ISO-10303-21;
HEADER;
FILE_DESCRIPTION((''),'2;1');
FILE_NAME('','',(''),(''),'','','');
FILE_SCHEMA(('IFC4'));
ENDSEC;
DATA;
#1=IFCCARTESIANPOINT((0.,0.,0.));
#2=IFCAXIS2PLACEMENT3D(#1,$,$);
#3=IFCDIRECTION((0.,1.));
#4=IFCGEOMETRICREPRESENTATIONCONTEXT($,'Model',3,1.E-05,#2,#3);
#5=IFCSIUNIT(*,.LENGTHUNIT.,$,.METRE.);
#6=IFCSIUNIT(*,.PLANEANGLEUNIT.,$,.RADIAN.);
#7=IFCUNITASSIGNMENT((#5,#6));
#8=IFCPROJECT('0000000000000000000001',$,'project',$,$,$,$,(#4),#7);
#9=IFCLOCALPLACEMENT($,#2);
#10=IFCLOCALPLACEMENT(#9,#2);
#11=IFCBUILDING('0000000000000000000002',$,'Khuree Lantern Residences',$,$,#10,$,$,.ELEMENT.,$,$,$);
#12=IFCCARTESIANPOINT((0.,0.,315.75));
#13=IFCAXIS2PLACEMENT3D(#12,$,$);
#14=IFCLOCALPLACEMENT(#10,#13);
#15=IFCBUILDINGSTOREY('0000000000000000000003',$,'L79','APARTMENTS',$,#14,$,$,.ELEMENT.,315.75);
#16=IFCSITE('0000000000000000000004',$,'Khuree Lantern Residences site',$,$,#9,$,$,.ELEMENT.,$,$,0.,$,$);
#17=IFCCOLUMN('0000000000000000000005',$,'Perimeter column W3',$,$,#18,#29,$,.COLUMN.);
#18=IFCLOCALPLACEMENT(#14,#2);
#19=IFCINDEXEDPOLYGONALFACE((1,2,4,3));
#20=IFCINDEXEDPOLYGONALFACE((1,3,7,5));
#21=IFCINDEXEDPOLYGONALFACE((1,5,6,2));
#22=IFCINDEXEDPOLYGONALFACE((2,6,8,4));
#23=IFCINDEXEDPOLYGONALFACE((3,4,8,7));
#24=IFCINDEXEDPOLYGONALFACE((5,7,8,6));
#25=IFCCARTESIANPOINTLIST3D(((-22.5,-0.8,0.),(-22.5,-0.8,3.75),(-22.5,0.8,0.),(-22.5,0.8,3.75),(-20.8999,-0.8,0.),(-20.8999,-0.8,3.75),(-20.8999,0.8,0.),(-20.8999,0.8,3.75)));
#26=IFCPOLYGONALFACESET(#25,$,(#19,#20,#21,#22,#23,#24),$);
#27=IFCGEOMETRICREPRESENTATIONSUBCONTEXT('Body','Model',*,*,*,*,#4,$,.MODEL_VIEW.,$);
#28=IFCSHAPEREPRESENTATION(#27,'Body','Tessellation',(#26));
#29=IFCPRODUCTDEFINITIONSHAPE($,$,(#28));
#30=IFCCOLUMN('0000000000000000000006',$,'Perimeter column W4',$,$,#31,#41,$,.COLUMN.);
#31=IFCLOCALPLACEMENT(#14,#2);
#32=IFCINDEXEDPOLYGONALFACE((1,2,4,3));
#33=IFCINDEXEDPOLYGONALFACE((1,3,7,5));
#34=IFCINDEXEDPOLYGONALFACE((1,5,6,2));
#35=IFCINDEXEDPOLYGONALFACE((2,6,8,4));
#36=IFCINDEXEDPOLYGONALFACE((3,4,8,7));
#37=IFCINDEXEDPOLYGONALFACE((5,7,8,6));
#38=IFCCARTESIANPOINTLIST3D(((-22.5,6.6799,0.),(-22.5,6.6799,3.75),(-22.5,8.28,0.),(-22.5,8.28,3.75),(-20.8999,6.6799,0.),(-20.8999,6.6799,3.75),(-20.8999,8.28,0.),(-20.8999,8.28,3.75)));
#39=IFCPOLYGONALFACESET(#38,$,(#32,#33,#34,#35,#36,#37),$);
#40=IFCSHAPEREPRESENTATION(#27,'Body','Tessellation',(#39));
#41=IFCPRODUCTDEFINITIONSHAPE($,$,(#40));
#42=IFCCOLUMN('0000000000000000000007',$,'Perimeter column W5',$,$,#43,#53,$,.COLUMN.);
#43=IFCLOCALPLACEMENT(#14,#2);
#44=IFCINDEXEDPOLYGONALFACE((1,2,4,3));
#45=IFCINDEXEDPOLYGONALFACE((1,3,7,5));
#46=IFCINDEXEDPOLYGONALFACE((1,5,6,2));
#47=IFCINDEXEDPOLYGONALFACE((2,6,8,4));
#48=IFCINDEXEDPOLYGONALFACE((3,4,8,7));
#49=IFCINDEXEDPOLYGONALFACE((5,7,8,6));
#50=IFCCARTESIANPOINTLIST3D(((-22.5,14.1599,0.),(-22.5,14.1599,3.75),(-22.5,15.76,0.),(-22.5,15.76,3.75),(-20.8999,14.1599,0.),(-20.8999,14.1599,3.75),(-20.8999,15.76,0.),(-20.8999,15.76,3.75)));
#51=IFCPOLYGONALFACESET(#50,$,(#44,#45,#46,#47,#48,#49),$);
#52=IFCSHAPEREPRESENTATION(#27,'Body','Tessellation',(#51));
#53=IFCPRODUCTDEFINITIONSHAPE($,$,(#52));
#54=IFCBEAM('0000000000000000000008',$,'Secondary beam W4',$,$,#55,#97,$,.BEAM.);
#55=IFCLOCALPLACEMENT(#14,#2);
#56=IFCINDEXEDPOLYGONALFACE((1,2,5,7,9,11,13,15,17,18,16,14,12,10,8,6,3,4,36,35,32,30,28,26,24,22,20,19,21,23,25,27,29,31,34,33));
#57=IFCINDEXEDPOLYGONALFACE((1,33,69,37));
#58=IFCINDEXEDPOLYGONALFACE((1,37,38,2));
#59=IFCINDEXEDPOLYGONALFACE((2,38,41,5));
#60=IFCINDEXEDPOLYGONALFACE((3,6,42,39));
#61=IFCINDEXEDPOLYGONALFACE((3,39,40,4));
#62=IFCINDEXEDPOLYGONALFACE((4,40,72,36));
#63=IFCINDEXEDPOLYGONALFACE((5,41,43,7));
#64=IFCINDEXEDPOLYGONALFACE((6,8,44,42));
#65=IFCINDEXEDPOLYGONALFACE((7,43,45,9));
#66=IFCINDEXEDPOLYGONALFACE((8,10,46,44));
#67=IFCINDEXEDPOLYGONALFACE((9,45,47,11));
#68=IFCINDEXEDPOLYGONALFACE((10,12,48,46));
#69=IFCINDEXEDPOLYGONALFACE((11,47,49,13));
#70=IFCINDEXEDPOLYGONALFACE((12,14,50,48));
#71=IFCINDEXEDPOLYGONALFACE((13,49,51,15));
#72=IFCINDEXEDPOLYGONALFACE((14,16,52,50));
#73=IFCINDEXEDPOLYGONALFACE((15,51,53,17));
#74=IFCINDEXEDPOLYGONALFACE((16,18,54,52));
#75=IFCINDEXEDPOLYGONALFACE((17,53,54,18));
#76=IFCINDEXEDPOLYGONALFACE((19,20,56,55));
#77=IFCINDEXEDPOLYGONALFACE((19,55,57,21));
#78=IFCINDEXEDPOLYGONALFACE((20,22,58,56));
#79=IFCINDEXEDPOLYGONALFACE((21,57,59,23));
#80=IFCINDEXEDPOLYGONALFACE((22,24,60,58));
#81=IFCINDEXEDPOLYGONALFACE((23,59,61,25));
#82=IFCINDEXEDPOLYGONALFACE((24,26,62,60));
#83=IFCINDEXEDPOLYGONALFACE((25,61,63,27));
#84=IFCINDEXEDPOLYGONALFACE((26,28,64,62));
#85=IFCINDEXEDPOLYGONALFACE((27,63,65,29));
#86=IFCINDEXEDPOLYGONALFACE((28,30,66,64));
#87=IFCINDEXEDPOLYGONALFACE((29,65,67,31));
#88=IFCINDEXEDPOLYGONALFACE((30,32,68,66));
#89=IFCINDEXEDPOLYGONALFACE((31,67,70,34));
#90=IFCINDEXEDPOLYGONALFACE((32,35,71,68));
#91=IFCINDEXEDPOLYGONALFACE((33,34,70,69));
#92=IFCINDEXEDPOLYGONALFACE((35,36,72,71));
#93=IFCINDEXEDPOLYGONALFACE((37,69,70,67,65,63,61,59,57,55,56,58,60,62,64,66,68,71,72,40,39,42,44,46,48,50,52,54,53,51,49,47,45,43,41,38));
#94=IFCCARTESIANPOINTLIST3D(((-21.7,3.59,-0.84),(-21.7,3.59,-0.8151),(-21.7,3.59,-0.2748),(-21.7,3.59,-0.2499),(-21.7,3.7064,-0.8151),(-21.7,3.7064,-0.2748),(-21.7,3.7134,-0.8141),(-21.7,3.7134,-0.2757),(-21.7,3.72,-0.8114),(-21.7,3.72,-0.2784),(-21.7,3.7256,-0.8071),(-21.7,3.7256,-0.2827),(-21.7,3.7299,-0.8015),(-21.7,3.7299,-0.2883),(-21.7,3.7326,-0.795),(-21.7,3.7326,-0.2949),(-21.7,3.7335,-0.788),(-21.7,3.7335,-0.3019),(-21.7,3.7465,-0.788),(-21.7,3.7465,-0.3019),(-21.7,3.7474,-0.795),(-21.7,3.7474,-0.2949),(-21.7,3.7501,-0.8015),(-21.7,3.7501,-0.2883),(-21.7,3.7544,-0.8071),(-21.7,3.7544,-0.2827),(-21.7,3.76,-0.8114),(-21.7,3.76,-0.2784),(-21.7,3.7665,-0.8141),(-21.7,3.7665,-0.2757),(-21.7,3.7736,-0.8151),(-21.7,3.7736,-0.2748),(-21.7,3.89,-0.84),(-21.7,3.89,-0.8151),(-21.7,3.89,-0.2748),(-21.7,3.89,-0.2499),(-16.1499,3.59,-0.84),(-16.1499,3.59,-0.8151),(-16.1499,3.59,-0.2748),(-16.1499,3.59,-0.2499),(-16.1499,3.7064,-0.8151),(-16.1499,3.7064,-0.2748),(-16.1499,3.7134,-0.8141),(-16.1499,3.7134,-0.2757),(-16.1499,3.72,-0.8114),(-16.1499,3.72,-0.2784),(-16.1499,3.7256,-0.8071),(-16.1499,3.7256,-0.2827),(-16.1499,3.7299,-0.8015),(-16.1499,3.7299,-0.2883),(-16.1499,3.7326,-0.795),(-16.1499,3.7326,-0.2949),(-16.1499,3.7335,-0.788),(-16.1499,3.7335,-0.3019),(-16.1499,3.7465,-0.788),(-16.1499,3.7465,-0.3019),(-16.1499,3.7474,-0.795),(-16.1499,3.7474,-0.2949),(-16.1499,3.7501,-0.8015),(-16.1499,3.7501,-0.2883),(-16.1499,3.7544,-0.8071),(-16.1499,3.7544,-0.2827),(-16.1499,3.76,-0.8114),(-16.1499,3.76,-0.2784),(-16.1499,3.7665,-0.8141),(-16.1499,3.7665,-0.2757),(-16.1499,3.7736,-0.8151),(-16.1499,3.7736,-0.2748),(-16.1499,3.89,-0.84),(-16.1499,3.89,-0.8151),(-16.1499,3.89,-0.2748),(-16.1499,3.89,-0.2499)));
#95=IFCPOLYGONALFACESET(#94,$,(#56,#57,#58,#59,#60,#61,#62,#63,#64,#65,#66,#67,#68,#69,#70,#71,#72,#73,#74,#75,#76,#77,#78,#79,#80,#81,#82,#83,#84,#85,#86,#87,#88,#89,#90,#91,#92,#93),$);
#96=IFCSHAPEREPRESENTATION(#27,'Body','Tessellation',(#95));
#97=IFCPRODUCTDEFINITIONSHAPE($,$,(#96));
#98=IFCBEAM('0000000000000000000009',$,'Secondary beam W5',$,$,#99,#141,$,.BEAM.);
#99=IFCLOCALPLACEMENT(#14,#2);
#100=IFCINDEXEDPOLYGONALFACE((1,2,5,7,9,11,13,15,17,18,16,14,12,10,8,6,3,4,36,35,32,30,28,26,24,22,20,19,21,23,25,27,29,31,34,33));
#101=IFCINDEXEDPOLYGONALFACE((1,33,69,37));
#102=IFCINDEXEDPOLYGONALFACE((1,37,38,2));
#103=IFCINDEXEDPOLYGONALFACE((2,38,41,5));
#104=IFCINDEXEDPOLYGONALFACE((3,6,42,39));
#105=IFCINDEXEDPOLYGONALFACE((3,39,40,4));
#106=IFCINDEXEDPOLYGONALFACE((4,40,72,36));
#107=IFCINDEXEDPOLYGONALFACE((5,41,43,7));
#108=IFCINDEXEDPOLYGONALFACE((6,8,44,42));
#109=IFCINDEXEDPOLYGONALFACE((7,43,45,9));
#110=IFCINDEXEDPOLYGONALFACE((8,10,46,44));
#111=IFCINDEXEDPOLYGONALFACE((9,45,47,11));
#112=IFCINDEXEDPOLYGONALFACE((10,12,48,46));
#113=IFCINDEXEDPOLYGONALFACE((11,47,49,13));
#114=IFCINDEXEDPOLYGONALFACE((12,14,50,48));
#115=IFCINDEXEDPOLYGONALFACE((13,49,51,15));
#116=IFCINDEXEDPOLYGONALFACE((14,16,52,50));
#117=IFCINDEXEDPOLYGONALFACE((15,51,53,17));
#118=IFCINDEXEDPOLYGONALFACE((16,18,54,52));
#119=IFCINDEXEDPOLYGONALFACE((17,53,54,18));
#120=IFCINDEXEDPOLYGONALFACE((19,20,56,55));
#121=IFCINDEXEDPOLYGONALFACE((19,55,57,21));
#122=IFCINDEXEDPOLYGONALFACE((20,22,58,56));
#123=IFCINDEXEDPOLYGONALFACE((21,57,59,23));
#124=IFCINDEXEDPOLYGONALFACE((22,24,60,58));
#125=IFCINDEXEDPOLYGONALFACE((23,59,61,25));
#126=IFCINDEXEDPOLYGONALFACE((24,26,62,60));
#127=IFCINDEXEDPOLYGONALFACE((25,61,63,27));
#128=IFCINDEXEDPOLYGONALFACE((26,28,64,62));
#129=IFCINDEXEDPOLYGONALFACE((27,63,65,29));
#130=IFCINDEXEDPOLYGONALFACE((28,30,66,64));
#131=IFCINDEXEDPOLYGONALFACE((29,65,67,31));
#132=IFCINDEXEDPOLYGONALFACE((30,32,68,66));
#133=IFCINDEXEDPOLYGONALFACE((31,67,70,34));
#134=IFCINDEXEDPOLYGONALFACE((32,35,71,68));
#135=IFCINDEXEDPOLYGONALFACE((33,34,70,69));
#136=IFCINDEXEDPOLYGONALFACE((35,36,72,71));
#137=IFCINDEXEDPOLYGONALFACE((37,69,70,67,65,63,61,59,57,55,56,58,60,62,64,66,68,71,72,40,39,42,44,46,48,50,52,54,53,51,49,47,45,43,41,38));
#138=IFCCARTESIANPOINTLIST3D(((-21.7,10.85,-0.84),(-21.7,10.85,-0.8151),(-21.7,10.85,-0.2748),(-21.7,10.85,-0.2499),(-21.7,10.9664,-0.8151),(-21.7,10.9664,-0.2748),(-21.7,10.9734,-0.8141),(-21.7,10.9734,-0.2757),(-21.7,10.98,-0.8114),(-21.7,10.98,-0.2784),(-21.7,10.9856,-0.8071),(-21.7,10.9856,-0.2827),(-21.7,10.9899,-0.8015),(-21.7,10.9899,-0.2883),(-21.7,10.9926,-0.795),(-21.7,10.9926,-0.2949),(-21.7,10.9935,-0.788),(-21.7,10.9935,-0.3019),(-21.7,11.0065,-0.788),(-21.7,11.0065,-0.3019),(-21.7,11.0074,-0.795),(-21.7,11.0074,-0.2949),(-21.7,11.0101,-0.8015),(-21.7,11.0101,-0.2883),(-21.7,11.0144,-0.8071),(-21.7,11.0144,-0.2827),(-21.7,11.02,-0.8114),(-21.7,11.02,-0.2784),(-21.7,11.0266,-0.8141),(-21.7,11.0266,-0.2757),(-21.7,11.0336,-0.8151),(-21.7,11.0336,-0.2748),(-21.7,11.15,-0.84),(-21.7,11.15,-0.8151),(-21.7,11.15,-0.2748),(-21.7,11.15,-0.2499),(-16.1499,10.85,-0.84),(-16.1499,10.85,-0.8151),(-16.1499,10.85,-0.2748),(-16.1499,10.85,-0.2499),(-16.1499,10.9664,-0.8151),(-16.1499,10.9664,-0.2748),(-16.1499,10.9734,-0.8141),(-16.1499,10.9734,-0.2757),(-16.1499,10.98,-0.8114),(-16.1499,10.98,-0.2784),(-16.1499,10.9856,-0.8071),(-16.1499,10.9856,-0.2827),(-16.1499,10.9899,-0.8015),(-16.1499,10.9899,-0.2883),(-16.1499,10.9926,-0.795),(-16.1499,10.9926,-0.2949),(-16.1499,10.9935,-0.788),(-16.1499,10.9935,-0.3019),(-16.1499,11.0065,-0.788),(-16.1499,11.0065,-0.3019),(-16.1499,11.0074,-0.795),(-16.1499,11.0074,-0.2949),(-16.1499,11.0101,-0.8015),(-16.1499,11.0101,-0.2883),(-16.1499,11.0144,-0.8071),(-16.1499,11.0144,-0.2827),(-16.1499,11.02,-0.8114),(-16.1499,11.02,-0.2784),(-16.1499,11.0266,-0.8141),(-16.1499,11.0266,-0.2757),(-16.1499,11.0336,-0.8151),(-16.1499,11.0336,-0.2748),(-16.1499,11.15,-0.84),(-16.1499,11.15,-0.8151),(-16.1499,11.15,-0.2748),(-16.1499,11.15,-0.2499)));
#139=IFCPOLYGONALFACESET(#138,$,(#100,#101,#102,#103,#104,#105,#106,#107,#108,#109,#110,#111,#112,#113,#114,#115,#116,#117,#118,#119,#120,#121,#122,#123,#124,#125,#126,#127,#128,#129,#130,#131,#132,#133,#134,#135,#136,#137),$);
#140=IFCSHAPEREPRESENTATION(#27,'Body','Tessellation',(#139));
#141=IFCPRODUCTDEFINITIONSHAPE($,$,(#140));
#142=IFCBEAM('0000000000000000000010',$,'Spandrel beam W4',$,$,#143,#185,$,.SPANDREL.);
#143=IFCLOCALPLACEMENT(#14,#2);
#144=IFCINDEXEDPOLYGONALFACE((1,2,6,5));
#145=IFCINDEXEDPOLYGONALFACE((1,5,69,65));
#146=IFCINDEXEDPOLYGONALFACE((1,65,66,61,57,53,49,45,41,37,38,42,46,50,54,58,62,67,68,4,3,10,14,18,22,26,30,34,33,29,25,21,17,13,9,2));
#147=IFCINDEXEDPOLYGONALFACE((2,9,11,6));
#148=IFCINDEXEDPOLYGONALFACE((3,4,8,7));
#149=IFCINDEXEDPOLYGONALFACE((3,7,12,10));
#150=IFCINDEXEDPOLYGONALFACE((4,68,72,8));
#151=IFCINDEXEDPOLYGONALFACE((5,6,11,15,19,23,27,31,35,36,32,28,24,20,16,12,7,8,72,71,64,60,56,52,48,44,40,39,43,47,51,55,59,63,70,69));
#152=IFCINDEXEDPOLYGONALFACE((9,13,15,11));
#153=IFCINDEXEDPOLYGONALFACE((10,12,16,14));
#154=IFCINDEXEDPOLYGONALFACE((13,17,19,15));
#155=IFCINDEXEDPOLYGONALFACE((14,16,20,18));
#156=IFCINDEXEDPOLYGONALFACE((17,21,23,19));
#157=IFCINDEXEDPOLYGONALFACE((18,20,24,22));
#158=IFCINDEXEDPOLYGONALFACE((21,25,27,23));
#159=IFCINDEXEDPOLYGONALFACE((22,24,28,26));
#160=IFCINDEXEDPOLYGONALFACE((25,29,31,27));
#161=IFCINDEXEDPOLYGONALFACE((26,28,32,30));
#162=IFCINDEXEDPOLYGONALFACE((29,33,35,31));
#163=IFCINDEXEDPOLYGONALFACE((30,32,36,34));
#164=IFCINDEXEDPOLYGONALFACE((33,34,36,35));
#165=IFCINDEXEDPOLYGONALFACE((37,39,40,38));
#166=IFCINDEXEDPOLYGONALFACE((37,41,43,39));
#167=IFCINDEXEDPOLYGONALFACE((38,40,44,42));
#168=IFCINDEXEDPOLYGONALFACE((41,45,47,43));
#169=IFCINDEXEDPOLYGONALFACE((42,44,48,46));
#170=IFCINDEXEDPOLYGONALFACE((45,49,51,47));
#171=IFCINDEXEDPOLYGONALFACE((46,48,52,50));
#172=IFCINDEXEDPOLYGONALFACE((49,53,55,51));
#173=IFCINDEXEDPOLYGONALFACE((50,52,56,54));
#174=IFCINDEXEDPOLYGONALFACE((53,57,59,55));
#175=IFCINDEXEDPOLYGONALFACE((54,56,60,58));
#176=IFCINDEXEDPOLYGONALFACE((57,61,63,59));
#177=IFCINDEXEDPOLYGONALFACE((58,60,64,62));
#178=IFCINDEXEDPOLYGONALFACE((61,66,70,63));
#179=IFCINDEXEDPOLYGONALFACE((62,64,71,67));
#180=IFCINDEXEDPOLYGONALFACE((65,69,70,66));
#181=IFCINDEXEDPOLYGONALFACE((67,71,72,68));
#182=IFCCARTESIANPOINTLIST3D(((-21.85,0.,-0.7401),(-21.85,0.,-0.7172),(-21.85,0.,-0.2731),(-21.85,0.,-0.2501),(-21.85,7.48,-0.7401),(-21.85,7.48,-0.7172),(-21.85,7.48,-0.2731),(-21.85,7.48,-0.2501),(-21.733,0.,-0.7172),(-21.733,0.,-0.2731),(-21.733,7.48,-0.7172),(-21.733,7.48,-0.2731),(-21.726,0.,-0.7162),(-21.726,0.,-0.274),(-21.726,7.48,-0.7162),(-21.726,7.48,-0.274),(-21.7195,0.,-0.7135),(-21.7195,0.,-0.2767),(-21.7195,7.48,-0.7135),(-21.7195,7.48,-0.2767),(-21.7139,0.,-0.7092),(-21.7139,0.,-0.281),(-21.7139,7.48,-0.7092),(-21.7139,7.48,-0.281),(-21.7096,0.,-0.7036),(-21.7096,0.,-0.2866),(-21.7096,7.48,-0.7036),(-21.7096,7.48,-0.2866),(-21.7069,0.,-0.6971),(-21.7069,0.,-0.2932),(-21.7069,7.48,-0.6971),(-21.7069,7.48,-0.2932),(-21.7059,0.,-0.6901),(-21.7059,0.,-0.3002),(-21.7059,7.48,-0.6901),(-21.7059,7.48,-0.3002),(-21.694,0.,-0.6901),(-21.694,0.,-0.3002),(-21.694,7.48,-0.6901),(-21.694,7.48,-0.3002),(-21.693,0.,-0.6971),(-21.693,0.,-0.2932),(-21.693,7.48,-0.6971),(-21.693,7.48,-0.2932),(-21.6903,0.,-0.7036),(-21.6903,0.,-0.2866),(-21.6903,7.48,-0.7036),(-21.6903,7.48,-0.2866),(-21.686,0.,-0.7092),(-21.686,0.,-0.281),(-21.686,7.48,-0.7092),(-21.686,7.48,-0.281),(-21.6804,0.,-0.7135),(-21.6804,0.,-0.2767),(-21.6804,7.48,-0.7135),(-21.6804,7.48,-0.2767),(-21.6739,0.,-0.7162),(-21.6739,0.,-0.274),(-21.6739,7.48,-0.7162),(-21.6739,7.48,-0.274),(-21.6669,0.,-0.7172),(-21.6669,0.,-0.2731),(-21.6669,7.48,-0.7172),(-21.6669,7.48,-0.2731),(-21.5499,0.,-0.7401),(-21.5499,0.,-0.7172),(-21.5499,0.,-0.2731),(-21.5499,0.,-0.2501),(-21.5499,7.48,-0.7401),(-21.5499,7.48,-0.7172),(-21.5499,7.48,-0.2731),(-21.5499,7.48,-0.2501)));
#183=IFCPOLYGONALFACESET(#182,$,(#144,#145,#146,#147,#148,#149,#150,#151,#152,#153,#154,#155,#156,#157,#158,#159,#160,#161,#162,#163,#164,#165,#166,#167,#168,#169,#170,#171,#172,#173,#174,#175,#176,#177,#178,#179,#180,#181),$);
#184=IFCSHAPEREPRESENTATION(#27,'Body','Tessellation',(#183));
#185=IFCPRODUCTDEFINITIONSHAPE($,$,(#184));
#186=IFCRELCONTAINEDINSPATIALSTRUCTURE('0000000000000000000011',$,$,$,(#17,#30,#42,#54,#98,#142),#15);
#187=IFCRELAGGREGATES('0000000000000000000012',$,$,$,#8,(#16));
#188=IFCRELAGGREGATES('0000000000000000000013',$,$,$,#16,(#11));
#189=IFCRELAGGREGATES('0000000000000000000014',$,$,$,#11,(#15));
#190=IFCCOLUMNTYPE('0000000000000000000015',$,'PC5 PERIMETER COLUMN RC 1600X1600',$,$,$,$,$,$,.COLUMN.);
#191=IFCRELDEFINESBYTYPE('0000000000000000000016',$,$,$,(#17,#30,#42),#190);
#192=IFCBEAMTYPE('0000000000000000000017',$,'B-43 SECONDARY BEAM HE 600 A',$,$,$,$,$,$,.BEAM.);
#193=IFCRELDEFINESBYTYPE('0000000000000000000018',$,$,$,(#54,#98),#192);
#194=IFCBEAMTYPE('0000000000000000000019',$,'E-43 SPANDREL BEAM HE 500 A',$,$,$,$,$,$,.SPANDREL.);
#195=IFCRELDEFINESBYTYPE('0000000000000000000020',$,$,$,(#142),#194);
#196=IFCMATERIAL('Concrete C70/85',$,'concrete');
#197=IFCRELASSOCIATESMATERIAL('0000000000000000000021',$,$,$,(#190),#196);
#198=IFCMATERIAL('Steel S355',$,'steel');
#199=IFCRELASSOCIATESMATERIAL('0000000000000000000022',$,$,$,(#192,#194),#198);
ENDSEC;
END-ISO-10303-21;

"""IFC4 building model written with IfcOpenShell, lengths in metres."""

from ifc_helpers import new_model, si_unit, direction, frame, origin, origin_2d, place, context, subcontext, project, spatial, rectangle, i_section, extrude, material, material_profile, profile_set, type_object, element, save


model = new_model("IFC4")

# Units and contexts
model_context = context("Model", 3, precision=1e-05, world=origin(), true_north=direction((0.0, 1.0)))
body_context = subcontext(model_context, "Body", "Model", "MODEL_VIEW")
ifc_project = project(units=[si_unit("LENGTHUNIT", "METRE"), si_unit("PLANEANGLEUNIT", "RADIAN")], contexts=[model_context])

# Site, building, storey
site_placement = place(None, origin())
site = spatial("IfcSite", under=ifc_project, at=site_placement, Name="Khuree Lantern Residences site", CompositionType="ELEMENT", RefElevation=0.0)
building_placement = place(site_placement, origin())
building = spatial("IfcBuilding", under=site, at=building_placement, Name="Khuree Lantern Residences", CompositionType="ELEMENT")
storey_placement = place(building_placement, frame((0.0, 0.0, 315.75)))
storey = spatial("IfcBuildingStorey", under=building, at=storey_placement, Name="L79", Description="APARTMENTS", CompositionType="ELEMENT", Elevation=315.75)

# Columns
ifc_material_1 = material(Name="Concrete C70/85", Category="concrete")
ifc_material_profile_1 = material_profile(ifc_material_1, rectangle(XDim=1.6001, YDim=1.6001, at=origin_2d()), Name="RC 1600X1600")
ifc_profile_set_1 = profile_set([ifc_material_profile_1], Name="Concrete C70/85")
column_type = type_object("IfcColumnType", Name="PC5 PERIMETER COLUMN RC 1600X1600", PredefinedType="COLUMN", material=ifc_profile_set_1)
for number, where, z_axis, x_axis, name in (
    (1, (-21.7, 0.0, 0.0), (0.0, 0.0, 1.0), (0.0, 1.0, 0.0), "Perimeter column W3"),
    (2, (-21.7, 7.48, 0.0), (0.0, 0.0, 1.0), (0.0, 1.0, 0.0), "Perimeter column W4"),
    (3, (-21.7, 14.96, 0.0), (0.0, 0.0, 1.0), (0.0, 1.0, 0.0), "Perimeter column W5"),
):
    element("IfcColumn", number, at=place(storey_placement, frame(where, z_axis=z_axis, x_axis=x_axis)), inside=storey, type_object=column_type, Name=name, PredefinedType="COLUMN", context=body_context, shape_type="SweptSolid", body=[
        extrude(rectangle(XDim=1.6001, YDim=1.6001, at=origin_2d()), origin(), (0.0, 0.0, 1.0), 3.75),
    ])

# Beams
ifc_material_2 = material(Name="Steel S355", Category="steel")
ifc_material_profile_2 = material_profile(ifc_material_2, i_section(OverallWidth=0.3, OverallDepth=0.5901, WebThickness=0.0129, FlangeThickness=0.0249, FilletRadius=0.0271, at=origin_2d()), Name="HE 600 A")
ifc_profile_set_2 = profile_set([ifc_material_profile_2], Name="Steel S355")
beam_type_1 = type_object("IfcBeamType", Name="B-43 SECONDARY BEAM HE 600 A", PredefinedType="BEAM", material=ifc_profile_set_2)
for number, where, z_axis, x_axis, name in (
    (4, (-21.7, 3.74, -0.5449), (1.0, 0.0, 0.0), (0.0, 1.0, 0.0), "Secondary beam W4"),
    (5, (-21.7, 11.0, -0.5449), (1.0, 0.0, 0.0), (0.0, 1.0, 0.0), "Secondary beam W5"),
):
    element("IfcBeam", number, at=place(storey_placement, frame(where, z_axis=z_axis, x_axis=x_axis)), inside=storey, type_object=beam_type_1, Name=name, PredefinedType="BEAM", context=body_context, shape_type="SweptSolid", body=[
        extrude(i_section(OverallWidth=0.3, OverallDepth=0.5901, WebThickness=0.0129, FlangeThickness=0.0249, FilletRadius=0.0271, at=origin_2d()), origin(), (0.0, 0.0, 1.0), 5.55),
    ])
ifc_material_profile_3 = material_profile(ifc_material_2, i_section(OverallWidth=0.3, OverallDepth=0.49, WebThickness=0.012, FlangeThickness=0.0229, FilletRadius=0.0271, at=origin_2d()), Name="HE 500 A")
ifc_profile_set_3 = profile_set([ifc_material_profile_3], Name="Steel S355")
beam_type_2 = type_object("IfcBeamType", Name="E-43 SPANDREL BEAM HE 500 A", PredefinedType="SPANDREL", material=ifc_profile_set_3)
for number, where, z_axis, x_axis, name in (
    (6, (-21.7, 0.0, -0.4951), (0.0, 1.0, 0.0), (-1.0, 0.0, 0.0), "Spandrel beam W4"),
):
    element("IfcBeam", number, at=place(storey_placement, frame(where, z_axis=z_axis, x_axis=x_axis)), inside=storey, type_object=beam_type_2, Name=name, PredefinedType="SPANDREL", context=body_context, shape_type="SweptSolid", body=[
        extrude(i_section(OverallWidth=0.3, OverallDepth=0.49, WebThickness=0.012, FlangeThickness=0.0229, FilletRadius=0.0271, at=origin_2d()), origin(), (0.0, 0.0, 1.0), 7.48),
    ])

save(model, "model.ifc")
